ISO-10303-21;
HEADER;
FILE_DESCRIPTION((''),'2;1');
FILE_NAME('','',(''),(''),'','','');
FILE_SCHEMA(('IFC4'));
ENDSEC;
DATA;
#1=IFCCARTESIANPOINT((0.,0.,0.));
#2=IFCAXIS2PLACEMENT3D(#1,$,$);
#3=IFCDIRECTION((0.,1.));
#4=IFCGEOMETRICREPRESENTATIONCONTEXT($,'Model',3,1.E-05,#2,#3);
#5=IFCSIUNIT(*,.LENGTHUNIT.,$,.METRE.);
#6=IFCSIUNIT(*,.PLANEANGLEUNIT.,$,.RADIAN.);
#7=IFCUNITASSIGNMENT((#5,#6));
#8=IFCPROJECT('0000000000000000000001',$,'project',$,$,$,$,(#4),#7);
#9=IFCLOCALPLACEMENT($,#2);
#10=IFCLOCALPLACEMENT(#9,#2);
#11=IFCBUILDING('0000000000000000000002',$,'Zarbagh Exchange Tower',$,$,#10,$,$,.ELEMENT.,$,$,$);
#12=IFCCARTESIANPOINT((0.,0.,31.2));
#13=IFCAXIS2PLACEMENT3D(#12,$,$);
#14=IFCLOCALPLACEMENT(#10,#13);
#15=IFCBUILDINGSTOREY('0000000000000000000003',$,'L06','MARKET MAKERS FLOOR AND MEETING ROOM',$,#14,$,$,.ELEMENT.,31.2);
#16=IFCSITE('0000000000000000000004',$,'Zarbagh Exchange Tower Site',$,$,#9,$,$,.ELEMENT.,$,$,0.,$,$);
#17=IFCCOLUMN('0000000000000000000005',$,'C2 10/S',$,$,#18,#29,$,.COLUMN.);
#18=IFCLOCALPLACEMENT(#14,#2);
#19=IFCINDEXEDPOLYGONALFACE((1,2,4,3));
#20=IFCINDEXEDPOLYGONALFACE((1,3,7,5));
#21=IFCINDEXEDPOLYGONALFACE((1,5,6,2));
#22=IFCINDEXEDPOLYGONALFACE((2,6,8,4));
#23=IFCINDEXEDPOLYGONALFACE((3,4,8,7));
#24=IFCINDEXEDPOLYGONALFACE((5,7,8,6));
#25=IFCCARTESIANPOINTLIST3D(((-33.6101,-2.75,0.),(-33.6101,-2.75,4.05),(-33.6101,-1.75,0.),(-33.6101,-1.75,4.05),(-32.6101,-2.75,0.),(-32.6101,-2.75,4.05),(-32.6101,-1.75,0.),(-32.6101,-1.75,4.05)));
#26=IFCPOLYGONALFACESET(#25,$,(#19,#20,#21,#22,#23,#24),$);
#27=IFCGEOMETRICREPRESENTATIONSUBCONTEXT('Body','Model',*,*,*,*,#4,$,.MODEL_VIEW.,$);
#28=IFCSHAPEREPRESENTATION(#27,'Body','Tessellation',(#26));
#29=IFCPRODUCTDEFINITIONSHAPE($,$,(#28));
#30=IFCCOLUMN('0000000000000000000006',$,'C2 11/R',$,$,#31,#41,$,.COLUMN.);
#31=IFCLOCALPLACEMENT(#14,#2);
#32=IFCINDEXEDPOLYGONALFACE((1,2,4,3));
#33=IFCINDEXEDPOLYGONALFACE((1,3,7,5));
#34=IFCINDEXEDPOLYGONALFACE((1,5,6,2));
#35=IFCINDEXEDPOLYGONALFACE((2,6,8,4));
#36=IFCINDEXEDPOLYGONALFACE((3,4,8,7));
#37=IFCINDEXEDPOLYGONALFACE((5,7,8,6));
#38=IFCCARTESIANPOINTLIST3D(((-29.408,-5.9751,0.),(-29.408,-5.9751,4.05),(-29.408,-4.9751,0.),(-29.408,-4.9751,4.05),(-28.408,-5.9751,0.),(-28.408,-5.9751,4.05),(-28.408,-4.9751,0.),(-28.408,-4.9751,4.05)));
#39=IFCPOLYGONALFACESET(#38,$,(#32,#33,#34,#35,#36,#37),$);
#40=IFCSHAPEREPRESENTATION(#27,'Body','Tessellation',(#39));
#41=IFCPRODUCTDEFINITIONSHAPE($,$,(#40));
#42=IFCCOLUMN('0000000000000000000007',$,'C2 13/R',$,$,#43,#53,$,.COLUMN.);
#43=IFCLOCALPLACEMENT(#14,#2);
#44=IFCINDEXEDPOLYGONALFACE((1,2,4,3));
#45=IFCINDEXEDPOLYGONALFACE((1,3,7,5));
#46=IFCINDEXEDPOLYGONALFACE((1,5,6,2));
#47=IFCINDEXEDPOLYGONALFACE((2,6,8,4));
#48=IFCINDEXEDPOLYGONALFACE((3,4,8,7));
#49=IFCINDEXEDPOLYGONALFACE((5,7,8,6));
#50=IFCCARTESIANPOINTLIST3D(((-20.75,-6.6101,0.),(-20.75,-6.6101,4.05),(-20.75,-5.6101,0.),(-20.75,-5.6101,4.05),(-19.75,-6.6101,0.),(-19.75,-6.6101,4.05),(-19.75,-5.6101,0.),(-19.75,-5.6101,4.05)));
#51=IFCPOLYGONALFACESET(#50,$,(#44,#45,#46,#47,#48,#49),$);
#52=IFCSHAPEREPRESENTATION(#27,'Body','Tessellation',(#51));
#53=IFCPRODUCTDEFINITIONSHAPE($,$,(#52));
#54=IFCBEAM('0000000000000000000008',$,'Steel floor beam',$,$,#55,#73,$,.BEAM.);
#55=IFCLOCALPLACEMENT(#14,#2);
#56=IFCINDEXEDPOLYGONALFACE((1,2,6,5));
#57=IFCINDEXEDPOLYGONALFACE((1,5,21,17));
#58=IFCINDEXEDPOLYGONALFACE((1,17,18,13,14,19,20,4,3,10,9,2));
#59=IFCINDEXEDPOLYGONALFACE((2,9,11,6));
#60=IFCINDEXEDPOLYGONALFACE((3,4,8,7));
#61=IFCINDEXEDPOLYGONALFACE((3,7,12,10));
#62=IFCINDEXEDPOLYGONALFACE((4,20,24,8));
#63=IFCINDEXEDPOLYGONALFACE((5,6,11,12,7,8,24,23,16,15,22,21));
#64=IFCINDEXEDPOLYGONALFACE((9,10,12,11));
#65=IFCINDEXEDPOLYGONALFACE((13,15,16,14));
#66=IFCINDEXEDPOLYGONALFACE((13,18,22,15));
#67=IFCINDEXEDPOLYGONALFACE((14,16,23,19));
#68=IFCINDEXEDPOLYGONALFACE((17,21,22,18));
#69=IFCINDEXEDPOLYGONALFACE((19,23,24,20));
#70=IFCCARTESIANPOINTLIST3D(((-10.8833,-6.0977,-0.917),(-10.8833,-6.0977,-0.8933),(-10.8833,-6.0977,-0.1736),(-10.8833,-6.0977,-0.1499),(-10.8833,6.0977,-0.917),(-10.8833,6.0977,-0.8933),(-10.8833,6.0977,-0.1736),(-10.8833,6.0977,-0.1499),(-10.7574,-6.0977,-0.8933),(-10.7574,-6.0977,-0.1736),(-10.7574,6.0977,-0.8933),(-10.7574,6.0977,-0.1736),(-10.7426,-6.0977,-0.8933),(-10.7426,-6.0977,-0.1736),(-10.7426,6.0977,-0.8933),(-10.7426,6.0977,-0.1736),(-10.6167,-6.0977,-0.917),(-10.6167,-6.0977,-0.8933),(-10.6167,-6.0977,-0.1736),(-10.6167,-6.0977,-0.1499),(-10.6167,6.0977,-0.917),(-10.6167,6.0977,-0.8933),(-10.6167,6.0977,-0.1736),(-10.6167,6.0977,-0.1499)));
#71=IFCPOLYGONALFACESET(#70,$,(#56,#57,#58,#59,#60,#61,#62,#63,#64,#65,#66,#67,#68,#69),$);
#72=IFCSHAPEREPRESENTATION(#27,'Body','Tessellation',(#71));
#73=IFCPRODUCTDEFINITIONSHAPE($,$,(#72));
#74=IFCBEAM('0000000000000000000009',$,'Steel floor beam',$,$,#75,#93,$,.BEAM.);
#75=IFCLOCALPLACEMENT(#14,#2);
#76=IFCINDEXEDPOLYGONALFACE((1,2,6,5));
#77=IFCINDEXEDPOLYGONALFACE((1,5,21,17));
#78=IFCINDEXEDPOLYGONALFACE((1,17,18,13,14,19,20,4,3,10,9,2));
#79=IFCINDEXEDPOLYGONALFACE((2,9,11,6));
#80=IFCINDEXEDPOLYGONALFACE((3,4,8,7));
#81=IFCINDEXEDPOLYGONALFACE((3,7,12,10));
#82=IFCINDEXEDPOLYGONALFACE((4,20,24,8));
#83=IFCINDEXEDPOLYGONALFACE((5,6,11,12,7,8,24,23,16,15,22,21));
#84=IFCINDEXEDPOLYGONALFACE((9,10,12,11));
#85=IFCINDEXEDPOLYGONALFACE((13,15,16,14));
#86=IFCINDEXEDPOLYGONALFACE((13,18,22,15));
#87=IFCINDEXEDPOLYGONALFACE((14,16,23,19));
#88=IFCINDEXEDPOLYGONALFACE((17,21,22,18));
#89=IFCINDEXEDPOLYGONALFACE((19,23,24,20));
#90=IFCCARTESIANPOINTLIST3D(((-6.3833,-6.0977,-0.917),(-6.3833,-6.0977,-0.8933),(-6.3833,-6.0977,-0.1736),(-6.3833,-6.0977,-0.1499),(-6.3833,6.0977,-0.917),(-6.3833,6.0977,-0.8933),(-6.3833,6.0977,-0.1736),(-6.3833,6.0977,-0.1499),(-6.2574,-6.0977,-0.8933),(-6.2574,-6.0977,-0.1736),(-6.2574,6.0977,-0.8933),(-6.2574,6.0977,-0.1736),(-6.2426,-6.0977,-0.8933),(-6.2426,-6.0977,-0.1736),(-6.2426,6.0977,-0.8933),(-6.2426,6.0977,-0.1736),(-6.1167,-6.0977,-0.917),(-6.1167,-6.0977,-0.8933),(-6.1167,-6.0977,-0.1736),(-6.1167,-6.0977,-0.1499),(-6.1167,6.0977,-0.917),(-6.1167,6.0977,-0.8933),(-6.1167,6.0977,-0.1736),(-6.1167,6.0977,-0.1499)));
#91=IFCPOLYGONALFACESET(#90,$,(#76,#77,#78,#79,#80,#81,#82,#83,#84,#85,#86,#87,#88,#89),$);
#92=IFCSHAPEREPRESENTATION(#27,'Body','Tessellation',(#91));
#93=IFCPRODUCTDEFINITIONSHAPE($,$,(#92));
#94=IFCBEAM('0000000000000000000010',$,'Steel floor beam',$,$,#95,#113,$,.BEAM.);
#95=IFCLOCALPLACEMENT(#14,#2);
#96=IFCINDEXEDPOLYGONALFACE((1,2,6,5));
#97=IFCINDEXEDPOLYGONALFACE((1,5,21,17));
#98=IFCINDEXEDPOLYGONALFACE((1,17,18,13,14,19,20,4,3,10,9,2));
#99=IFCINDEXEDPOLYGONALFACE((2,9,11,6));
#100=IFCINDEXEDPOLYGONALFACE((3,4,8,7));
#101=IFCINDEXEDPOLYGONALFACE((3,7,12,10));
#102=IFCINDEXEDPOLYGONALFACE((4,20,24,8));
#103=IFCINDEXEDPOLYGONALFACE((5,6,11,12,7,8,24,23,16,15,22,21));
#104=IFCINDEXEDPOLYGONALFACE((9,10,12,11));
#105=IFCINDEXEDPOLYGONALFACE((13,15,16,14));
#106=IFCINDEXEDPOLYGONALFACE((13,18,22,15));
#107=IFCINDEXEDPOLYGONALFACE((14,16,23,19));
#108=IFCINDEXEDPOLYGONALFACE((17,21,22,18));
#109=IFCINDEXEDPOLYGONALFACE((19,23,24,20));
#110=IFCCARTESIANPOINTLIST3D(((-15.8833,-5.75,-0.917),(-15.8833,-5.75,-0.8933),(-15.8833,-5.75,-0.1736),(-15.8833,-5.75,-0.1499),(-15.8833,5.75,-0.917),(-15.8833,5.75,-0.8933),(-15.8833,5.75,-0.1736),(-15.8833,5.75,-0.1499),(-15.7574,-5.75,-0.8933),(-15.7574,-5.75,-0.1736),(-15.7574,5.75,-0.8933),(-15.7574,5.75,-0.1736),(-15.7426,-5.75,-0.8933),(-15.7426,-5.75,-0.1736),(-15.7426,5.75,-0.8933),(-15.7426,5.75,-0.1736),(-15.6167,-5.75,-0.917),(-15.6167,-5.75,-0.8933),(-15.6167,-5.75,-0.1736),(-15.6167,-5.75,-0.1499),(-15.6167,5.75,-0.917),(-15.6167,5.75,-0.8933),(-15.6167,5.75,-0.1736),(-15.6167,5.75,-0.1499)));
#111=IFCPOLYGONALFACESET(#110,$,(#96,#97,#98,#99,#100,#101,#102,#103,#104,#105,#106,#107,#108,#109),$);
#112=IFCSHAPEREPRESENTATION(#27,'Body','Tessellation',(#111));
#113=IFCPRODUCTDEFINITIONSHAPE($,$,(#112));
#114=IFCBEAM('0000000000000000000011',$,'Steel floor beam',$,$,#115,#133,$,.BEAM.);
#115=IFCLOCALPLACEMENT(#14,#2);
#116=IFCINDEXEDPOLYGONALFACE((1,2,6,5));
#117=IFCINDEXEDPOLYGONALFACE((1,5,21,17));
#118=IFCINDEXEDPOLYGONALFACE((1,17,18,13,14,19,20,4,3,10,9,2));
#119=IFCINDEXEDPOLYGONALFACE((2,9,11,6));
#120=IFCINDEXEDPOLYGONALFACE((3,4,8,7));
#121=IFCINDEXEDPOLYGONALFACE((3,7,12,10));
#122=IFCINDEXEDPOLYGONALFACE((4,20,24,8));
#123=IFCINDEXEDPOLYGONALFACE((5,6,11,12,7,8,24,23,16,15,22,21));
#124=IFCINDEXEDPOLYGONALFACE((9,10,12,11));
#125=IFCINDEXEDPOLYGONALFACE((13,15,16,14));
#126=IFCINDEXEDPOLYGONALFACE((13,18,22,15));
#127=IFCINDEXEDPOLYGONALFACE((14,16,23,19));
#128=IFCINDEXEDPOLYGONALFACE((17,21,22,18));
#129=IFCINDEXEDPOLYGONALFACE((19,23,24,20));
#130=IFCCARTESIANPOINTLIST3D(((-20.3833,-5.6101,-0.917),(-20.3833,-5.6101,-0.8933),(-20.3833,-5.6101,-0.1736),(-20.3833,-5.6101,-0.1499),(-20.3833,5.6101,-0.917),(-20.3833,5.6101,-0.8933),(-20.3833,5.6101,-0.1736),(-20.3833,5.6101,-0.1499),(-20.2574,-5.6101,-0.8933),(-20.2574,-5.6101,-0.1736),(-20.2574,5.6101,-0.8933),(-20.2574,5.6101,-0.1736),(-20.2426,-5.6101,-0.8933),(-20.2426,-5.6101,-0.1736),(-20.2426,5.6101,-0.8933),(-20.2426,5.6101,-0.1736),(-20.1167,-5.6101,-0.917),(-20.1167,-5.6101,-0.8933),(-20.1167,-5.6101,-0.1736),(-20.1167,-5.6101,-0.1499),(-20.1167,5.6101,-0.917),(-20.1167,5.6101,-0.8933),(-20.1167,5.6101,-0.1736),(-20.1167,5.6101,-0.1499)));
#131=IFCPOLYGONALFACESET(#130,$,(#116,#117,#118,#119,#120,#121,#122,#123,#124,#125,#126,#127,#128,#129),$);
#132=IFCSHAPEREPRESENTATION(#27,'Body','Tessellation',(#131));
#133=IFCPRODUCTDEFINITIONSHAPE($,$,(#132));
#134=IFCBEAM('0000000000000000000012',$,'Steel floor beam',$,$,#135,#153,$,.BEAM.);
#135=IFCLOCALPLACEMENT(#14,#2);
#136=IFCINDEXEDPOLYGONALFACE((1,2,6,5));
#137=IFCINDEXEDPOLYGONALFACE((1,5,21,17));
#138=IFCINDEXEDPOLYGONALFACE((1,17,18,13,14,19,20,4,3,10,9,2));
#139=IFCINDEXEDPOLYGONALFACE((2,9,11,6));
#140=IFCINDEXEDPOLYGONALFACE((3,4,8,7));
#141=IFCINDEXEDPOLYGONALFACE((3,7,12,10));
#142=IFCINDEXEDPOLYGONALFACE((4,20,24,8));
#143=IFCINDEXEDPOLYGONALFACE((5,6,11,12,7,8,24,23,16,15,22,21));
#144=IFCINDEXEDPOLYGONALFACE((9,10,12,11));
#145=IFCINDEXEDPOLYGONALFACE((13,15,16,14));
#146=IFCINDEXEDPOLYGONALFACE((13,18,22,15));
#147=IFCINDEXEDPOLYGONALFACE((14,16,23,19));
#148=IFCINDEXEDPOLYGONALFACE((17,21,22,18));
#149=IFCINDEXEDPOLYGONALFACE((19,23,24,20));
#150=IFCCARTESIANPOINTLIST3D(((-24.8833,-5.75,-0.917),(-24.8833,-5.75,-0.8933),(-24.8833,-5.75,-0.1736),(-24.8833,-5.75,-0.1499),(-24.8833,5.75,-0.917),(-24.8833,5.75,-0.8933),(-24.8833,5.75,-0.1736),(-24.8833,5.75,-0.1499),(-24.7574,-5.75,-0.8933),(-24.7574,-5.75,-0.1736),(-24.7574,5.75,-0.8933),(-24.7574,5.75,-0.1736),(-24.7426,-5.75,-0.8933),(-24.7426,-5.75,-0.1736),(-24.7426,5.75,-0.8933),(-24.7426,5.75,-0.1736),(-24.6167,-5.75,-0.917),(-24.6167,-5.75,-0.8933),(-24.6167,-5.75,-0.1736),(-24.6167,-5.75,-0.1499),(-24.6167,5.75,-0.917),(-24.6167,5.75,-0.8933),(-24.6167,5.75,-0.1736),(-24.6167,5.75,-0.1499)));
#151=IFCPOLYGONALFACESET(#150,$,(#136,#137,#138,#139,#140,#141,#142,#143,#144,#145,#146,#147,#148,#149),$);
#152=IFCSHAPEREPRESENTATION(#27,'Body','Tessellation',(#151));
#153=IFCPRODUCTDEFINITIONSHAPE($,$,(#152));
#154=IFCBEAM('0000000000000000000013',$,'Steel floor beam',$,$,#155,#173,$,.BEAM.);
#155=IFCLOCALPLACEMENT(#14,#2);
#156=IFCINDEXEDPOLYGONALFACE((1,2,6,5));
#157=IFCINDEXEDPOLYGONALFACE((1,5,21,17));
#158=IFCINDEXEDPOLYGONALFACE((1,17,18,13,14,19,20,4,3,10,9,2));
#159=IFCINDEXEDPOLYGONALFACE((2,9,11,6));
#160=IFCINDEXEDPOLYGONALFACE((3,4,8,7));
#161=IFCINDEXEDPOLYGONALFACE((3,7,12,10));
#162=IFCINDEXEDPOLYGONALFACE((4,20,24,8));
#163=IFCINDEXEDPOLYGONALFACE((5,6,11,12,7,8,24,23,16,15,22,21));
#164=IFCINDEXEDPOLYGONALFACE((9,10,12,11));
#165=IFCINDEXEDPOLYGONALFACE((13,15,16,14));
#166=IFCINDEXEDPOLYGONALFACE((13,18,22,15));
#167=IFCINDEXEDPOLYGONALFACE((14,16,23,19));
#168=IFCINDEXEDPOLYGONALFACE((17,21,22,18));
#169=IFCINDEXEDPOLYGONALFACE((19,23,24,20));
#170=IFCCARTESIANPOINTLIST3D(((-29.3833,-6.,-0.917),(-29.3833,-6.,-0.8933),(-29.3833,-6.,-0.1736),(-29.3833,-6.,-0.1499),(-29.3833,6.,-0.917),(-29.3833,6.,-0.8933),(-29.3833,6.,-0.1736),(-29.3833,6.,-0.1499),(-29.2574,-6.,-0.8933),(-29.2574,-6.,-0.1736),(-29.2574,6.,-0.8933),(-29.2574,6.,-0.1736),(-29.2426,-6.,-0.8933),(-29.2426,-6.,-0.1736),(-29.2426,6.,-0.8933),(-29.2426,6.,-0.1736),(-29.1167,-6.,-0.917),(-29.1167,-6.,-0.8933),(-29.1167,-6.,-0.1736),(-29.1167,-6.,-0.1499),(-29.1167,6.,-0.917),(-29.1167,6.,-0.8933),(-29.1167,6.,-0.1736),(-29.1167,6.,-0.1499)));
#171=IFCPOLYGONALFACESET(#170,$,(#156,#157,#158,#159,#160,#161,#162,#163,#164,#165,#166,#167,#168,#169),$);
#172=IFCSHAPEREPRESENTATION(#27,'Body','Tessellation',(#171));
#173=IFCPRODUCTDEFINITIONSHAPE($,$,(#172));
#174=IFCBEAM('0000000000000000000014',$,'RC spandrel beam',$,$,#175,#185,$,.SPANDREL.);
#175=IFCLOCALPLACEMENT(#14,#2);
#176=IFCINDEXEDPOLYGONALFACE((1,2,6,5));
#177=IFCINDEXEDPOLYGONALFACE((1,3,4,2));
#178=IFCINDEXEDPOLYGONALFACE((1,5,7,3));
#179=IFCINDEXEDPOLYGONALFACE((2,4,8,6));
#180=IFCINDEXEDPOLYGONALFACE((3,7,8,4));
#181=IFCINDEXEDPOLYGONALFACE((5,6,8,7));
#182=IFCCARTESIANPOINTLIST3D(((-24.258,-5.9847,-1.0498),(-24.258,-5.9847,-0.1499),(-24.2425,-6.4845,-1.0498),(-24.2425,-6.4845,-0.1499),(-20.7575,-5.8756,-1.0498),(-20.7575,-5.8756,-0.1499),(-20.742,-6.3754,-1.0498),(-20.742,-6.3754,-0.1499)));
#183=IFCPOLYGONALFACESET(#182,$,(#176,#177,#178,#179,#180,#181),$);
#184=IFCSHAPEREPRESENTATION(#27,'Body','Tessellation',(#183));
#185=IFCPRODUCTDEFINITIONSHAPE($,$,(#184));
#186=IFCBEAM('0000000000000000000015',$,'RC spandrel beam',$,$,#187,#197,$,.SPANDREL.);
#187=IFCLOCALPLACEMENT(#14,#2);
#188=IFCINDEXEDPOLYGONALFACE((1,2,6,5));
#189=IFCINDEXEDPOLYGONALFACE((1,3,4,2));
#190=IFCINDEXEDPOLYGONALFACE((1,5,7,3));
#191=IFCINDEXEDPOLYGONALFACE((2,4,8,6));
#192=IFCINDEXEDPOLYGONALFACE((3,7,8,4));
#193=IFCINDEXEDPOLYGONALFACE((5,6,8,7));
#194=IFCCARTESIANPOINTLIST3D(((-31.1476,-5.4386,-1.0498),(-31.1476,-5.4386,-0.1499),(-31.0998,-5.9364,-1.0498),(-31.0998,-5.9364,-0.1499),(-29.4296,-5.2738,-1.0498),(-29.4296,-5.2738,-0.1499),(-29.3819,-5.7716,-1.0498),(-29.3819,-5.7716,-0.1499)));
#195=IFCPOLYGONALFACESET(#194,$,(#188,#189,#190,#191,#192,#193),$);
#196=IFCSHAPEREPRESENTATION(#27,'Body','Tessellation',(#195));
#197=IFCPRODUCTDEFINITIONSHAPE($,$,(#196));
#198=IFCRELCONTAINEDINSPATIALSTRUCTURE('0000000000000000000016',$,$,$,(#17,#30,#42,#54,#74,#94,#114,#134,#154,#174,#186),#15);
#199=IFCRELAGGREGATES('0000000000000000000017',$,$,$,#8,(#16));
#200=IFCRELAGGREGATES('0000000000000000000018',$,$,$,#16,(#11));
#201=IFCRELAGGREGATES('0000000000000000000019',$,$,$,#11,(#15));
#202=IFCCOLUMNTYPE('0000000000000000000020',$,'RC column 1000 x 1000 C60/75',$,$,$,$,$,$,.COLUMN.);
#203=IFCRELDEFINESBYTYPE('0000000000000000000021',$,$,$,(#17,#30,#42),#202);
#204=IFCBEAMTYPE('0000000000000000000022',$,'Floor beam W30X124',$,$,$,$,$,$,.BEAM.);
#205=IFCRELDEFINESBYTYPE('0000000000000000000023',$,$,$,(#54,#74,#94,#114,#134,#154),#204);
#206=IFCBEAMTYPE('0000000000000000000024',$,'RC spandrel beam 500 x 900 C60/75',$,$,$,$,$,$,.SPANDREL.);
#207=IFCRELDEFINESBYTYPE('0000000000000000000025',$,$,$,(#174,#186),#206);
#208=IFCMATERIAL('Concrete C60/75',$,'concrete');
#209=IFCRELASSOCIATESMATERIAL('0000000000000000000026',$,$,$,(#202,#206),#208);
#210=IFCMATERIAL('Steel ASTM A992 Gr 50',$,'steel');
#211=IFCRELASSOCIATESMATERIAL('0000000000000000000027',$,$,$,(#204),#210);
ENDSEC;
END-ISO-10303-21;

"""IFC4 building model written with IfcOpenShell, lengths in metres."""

from ifc_helpers import new_model, si_unit, direction, frame, origin, origin_2d, place, context, subcontext, project, spatial, rectangle, i_section, extrude, material, material_profile, profile_set, type_object, element, save


model = new_model("IFC4")

# Units and contexts
model_context = context("Model", 3, precision=1e-05, world=origin(), true_north=direction((0.0, 1.0)))
body_context = subcontext(model_context, "Body", "Model", "MODEL_VIEW")
ifc_project = project(units=[si_unit("LENGTHUNIT", "METRE"), si_unit("PLANEANGLEUNIT", "RADIAN")], contexts=[model_context])

# Site, building, storey
site_placement = place(None, origin())
site = spatial("IfcSite", under=ifc_project, at=site_placement, Name="Zarbagh Exchange Tower Site", CompositionType="ELEMENT", RefElevation=0.0)
building_placement = place(site_placement, origin())
building = spatial("IfcBuilding", under=site, at=building_placement, Name="Zarbagh Exchange Tower", CompositionType="ELEMENT")
storey_placement = place(building_placement, frame((0.0, 0.0, 31.2)))
storey = spatial("IfcBuildingStorey", under=building, at=storey_placement, Name="L06", Description="MARKET MAKERS FLOOR AND MEETING ROOM", CompositionType="ELEMENT", Elevation=31.2)

# Columns
ifc_material_1 = material(Name="Concrete C60/75", Category="concrete")
ifc_material_profile_1 = material_profile(ifc_material_1, rectangle(XDim=1.0, YDim=1.0, at=origin_2d()), Name="RC column 1000 x 1000 C60/75")
ifc_profile_set_1 = profile_set([ifc_material_profile_1], Name="Concrete C60/75")
column_type = type_object("IfcColumnType", Name="RC column 1000 x 1000 C60/75", PredefinedType="COLUMN", material=ifc_profile_set_1)
for number, where, z_axis, x_axis, name in (
    (1, (-33.1101, -2.25, 0.0), (0.0, 0.0, 1.0), (1.0, 0.0, 0.0), "C2 10/S"),
    (2, (-28.908, -5.4751, 0.0), (0.0, 0.0, 1.0), (1.0, 0.0, 0.0), "C2 11/R"),
    (3, (-20.25, -6.1101, 0.0), (0.0, 0.0, 1.0), (1.0, 0.0, 0.0), "C2 13/R"),
):
    element("IfcColumn", number, at=place(storey_placement, frame(where, z_axis=z_axis, x_axis=x_axis)), inside=storey, type_object=column_type, Name=name, PredefinedType="COLUMN", context=body_context, shape_type="SweptSolid", body=[
        extrude(rectangle(XDim=1.0, YDim=1.0, at=origin_2d()), origin(), (0.0, 0.0, 1.0), 4.05),
    ])

# Beams
ifc_material_2 = material(Name="Steel ASTM A992 Gr 50", Category="steel")
ifc_material_profile_2 = material_profile(ifc_material_2, i_section(OverallWidth=0.2666, OverallDepth=0.7671, WebThickness=0.0149, FlangeThickness=0.0237, at=origin_2d()), Name="W30X124")
ifc_profile_set_2 = profile_set([ifc_material_profile_2], Name="Steel ASTM A992 Gr 50")
beam_type_1 = type_object("IfcBeamType", Name="Floor beam W30X124", PredefinedType="BEAM", material=ifc_profile_set_2)
for number, where, z_axis, x_axis, name in (
    (4, (-10.75, -6.0977, -0.5334), (0.0, 1.0, 0.0), (-1.0, 0.0, 0.0), "Steel floor beam"),
    (5, (-6.25, -6.0977, -0.5334), (0.0, 1.0, 0.0), (-1.0, 0.0, 0.0), "Steel floor beam"),
):
    element("IfcBeam", number, at=place(storey_placement, frame(where, z_axis=z_axis, x_axis=x_axis)), inside=storey, type_object=beam_type_1, Name=name, PredefinedType="BEAM", context=body_context, shape_type="SweptSolid", body=[
        extrude(i_section(OverallWidth=0.2666, OverallDepth=0.7671, WebThickness=0.0149, FlangeThickness=0.0237, at=origin_2d()), origin(), (0.0, 0.0, 1.0), 12.1953),
    ])
beam_1_placement = place(storey_placement, frame((-15.75, -5.75, -0.5334), z_axis=(0.0, 1.0, 0.0), x_axis=(-1.0, 0.0, 0.0)))
element("IfcBeam", 6, at=beam_1_placement, inside=storey, type_object=beam_type_1, Name="Steel floor beam", PredefinedType="BEAM", context=body_context, shape_type="SweptSolid", body=[
    extrude(i_section(OverallWidth=0.2666, OverallDepth=0.7671, WebThickness=0.0149, FlangeThickness=0.0237, at=origin_2d()), origin(), (0.0, 0.0, 1.0), 11.5),
])
beam_2_placement = place(storey_placement, frame((-20.25, -5.6101, -0.5334), z_axis=(0.0, 1.0, 0.0), x_axis=(-1.0, 0.0, 0.0)))
element("IfcBeam", 7, at=beam_2_placement, inside=storey, type_object=beam_type_1, Name="Steel floor beam", PredefinedType="BEAM", context=body_context, shape_type="SweptSolid", body=[
    extrude(i_section(OverallWidth=0.2666, OverallDepth=0.7671, WebThickness=0.0149, FlangeThickness=0.0237, at=origin_2d()), origin(), (0.0, 0.0, 1.0), 11.2202),
])
beam_3_placement = place(storey_placement, frame((-24.75, -5.75, -0.5334), z_axis=(0.0, 1.0, 0.0), x_axis=(-1.0, 0.0, 0.0)))
element("IfcBeam", 8, at=beam_3_placement, inside=storey, type_object=beam_type_1, Name="Steel floor beam", PredefinedType="BEAM", context=body_context, shape_type="SweptSolid", body=[
    extrude(i_section(OverallWidth=0.2666, OverallDepth=0.7671, WebThickness=0.0149, FlangeThickness=0.0237, at=origin_2d()), origin(), (0.0, 0.0, 1.0), 11.5),
])
beam_4_placement = place(storey_placement, frame((-29.25, -6.0, -0.5334), z_axis=(0.0, 1.0, 0.0), x_axis=(-1.0, 0.0, 0.0)))
element("IfcBeam", 9, at=beam_4_placement, inside=storey, type_object=beam_type_1, Name="Steel floor beam", PredefinedType="BEAM", context=body_context, shape_type="SweptSolid", body=[
    extrude(i_section(OverallWidth=0.2666, OverallDepth=0.7671, WebThickness=0.0149, FlangeThickness=0.0237, at=origin_2d()), origin(), (0.0, 0.0, 1.0), 12.0),
])
ifc_material_profile_3 = material_profile(ifc_material_1, rectangle(XDim=0.5, YDim=0.8999, at=origin_2d()), Name="RC spandrel beam 500 x 900 C60/75")
ifc_profile_set_3 = profile_set([ifc_material_profile_3], Name="Concrete C60/75")
beam_type_2 = type_object("IfcBeamType", Name="RC spandrel beam 500 x 900 C60/75", PredefinedType="SPANDREL", material=ifc_profile_set_3)
beam_5_placement = place(storey_placement, frame((-20.7498, -6.1255, -0.5999), z_axis=(-0.999514, -0.031161, 0.0), x_axis=(0.031161, -0.999514, 0.0)))
element("IfcBeam", 10, at=beam_5_placement, inside=storey, type_object=beam_type_2, Name="RC spandrel beam", PredefinedType="SPANDREL", context=body_context, shape_type="SweptSolid", body=[
    extrude(rectangle(XDim=0.5, YDim=0.8999, at=origin_2d()), origin(), (0.0, 0.0, 1.0), 3.5022),
])
beam_6_placement = place(storey_placement, frame((-29.4058, -5.5227, -0.5999), z_axis=(-0.995431, -0.095483, 0.0), x_axis=(0.095483, -0.995431, 0.0)))
element("IfcBeam", 11, at=beam_6_placement, inside=storey, type_object=beam_type_2, Name="RC spandrel beam", PredefinedType="SPANDREL", context=body_context, shape_type="SweptSolid", body=[
    extrude(rectangle(XDim=0.5, YDim=0.8999, at=origin_2d()), origin(), (0.0, 0.0, 1.0), 1.7258),
])

save(model, "model.ifc")
